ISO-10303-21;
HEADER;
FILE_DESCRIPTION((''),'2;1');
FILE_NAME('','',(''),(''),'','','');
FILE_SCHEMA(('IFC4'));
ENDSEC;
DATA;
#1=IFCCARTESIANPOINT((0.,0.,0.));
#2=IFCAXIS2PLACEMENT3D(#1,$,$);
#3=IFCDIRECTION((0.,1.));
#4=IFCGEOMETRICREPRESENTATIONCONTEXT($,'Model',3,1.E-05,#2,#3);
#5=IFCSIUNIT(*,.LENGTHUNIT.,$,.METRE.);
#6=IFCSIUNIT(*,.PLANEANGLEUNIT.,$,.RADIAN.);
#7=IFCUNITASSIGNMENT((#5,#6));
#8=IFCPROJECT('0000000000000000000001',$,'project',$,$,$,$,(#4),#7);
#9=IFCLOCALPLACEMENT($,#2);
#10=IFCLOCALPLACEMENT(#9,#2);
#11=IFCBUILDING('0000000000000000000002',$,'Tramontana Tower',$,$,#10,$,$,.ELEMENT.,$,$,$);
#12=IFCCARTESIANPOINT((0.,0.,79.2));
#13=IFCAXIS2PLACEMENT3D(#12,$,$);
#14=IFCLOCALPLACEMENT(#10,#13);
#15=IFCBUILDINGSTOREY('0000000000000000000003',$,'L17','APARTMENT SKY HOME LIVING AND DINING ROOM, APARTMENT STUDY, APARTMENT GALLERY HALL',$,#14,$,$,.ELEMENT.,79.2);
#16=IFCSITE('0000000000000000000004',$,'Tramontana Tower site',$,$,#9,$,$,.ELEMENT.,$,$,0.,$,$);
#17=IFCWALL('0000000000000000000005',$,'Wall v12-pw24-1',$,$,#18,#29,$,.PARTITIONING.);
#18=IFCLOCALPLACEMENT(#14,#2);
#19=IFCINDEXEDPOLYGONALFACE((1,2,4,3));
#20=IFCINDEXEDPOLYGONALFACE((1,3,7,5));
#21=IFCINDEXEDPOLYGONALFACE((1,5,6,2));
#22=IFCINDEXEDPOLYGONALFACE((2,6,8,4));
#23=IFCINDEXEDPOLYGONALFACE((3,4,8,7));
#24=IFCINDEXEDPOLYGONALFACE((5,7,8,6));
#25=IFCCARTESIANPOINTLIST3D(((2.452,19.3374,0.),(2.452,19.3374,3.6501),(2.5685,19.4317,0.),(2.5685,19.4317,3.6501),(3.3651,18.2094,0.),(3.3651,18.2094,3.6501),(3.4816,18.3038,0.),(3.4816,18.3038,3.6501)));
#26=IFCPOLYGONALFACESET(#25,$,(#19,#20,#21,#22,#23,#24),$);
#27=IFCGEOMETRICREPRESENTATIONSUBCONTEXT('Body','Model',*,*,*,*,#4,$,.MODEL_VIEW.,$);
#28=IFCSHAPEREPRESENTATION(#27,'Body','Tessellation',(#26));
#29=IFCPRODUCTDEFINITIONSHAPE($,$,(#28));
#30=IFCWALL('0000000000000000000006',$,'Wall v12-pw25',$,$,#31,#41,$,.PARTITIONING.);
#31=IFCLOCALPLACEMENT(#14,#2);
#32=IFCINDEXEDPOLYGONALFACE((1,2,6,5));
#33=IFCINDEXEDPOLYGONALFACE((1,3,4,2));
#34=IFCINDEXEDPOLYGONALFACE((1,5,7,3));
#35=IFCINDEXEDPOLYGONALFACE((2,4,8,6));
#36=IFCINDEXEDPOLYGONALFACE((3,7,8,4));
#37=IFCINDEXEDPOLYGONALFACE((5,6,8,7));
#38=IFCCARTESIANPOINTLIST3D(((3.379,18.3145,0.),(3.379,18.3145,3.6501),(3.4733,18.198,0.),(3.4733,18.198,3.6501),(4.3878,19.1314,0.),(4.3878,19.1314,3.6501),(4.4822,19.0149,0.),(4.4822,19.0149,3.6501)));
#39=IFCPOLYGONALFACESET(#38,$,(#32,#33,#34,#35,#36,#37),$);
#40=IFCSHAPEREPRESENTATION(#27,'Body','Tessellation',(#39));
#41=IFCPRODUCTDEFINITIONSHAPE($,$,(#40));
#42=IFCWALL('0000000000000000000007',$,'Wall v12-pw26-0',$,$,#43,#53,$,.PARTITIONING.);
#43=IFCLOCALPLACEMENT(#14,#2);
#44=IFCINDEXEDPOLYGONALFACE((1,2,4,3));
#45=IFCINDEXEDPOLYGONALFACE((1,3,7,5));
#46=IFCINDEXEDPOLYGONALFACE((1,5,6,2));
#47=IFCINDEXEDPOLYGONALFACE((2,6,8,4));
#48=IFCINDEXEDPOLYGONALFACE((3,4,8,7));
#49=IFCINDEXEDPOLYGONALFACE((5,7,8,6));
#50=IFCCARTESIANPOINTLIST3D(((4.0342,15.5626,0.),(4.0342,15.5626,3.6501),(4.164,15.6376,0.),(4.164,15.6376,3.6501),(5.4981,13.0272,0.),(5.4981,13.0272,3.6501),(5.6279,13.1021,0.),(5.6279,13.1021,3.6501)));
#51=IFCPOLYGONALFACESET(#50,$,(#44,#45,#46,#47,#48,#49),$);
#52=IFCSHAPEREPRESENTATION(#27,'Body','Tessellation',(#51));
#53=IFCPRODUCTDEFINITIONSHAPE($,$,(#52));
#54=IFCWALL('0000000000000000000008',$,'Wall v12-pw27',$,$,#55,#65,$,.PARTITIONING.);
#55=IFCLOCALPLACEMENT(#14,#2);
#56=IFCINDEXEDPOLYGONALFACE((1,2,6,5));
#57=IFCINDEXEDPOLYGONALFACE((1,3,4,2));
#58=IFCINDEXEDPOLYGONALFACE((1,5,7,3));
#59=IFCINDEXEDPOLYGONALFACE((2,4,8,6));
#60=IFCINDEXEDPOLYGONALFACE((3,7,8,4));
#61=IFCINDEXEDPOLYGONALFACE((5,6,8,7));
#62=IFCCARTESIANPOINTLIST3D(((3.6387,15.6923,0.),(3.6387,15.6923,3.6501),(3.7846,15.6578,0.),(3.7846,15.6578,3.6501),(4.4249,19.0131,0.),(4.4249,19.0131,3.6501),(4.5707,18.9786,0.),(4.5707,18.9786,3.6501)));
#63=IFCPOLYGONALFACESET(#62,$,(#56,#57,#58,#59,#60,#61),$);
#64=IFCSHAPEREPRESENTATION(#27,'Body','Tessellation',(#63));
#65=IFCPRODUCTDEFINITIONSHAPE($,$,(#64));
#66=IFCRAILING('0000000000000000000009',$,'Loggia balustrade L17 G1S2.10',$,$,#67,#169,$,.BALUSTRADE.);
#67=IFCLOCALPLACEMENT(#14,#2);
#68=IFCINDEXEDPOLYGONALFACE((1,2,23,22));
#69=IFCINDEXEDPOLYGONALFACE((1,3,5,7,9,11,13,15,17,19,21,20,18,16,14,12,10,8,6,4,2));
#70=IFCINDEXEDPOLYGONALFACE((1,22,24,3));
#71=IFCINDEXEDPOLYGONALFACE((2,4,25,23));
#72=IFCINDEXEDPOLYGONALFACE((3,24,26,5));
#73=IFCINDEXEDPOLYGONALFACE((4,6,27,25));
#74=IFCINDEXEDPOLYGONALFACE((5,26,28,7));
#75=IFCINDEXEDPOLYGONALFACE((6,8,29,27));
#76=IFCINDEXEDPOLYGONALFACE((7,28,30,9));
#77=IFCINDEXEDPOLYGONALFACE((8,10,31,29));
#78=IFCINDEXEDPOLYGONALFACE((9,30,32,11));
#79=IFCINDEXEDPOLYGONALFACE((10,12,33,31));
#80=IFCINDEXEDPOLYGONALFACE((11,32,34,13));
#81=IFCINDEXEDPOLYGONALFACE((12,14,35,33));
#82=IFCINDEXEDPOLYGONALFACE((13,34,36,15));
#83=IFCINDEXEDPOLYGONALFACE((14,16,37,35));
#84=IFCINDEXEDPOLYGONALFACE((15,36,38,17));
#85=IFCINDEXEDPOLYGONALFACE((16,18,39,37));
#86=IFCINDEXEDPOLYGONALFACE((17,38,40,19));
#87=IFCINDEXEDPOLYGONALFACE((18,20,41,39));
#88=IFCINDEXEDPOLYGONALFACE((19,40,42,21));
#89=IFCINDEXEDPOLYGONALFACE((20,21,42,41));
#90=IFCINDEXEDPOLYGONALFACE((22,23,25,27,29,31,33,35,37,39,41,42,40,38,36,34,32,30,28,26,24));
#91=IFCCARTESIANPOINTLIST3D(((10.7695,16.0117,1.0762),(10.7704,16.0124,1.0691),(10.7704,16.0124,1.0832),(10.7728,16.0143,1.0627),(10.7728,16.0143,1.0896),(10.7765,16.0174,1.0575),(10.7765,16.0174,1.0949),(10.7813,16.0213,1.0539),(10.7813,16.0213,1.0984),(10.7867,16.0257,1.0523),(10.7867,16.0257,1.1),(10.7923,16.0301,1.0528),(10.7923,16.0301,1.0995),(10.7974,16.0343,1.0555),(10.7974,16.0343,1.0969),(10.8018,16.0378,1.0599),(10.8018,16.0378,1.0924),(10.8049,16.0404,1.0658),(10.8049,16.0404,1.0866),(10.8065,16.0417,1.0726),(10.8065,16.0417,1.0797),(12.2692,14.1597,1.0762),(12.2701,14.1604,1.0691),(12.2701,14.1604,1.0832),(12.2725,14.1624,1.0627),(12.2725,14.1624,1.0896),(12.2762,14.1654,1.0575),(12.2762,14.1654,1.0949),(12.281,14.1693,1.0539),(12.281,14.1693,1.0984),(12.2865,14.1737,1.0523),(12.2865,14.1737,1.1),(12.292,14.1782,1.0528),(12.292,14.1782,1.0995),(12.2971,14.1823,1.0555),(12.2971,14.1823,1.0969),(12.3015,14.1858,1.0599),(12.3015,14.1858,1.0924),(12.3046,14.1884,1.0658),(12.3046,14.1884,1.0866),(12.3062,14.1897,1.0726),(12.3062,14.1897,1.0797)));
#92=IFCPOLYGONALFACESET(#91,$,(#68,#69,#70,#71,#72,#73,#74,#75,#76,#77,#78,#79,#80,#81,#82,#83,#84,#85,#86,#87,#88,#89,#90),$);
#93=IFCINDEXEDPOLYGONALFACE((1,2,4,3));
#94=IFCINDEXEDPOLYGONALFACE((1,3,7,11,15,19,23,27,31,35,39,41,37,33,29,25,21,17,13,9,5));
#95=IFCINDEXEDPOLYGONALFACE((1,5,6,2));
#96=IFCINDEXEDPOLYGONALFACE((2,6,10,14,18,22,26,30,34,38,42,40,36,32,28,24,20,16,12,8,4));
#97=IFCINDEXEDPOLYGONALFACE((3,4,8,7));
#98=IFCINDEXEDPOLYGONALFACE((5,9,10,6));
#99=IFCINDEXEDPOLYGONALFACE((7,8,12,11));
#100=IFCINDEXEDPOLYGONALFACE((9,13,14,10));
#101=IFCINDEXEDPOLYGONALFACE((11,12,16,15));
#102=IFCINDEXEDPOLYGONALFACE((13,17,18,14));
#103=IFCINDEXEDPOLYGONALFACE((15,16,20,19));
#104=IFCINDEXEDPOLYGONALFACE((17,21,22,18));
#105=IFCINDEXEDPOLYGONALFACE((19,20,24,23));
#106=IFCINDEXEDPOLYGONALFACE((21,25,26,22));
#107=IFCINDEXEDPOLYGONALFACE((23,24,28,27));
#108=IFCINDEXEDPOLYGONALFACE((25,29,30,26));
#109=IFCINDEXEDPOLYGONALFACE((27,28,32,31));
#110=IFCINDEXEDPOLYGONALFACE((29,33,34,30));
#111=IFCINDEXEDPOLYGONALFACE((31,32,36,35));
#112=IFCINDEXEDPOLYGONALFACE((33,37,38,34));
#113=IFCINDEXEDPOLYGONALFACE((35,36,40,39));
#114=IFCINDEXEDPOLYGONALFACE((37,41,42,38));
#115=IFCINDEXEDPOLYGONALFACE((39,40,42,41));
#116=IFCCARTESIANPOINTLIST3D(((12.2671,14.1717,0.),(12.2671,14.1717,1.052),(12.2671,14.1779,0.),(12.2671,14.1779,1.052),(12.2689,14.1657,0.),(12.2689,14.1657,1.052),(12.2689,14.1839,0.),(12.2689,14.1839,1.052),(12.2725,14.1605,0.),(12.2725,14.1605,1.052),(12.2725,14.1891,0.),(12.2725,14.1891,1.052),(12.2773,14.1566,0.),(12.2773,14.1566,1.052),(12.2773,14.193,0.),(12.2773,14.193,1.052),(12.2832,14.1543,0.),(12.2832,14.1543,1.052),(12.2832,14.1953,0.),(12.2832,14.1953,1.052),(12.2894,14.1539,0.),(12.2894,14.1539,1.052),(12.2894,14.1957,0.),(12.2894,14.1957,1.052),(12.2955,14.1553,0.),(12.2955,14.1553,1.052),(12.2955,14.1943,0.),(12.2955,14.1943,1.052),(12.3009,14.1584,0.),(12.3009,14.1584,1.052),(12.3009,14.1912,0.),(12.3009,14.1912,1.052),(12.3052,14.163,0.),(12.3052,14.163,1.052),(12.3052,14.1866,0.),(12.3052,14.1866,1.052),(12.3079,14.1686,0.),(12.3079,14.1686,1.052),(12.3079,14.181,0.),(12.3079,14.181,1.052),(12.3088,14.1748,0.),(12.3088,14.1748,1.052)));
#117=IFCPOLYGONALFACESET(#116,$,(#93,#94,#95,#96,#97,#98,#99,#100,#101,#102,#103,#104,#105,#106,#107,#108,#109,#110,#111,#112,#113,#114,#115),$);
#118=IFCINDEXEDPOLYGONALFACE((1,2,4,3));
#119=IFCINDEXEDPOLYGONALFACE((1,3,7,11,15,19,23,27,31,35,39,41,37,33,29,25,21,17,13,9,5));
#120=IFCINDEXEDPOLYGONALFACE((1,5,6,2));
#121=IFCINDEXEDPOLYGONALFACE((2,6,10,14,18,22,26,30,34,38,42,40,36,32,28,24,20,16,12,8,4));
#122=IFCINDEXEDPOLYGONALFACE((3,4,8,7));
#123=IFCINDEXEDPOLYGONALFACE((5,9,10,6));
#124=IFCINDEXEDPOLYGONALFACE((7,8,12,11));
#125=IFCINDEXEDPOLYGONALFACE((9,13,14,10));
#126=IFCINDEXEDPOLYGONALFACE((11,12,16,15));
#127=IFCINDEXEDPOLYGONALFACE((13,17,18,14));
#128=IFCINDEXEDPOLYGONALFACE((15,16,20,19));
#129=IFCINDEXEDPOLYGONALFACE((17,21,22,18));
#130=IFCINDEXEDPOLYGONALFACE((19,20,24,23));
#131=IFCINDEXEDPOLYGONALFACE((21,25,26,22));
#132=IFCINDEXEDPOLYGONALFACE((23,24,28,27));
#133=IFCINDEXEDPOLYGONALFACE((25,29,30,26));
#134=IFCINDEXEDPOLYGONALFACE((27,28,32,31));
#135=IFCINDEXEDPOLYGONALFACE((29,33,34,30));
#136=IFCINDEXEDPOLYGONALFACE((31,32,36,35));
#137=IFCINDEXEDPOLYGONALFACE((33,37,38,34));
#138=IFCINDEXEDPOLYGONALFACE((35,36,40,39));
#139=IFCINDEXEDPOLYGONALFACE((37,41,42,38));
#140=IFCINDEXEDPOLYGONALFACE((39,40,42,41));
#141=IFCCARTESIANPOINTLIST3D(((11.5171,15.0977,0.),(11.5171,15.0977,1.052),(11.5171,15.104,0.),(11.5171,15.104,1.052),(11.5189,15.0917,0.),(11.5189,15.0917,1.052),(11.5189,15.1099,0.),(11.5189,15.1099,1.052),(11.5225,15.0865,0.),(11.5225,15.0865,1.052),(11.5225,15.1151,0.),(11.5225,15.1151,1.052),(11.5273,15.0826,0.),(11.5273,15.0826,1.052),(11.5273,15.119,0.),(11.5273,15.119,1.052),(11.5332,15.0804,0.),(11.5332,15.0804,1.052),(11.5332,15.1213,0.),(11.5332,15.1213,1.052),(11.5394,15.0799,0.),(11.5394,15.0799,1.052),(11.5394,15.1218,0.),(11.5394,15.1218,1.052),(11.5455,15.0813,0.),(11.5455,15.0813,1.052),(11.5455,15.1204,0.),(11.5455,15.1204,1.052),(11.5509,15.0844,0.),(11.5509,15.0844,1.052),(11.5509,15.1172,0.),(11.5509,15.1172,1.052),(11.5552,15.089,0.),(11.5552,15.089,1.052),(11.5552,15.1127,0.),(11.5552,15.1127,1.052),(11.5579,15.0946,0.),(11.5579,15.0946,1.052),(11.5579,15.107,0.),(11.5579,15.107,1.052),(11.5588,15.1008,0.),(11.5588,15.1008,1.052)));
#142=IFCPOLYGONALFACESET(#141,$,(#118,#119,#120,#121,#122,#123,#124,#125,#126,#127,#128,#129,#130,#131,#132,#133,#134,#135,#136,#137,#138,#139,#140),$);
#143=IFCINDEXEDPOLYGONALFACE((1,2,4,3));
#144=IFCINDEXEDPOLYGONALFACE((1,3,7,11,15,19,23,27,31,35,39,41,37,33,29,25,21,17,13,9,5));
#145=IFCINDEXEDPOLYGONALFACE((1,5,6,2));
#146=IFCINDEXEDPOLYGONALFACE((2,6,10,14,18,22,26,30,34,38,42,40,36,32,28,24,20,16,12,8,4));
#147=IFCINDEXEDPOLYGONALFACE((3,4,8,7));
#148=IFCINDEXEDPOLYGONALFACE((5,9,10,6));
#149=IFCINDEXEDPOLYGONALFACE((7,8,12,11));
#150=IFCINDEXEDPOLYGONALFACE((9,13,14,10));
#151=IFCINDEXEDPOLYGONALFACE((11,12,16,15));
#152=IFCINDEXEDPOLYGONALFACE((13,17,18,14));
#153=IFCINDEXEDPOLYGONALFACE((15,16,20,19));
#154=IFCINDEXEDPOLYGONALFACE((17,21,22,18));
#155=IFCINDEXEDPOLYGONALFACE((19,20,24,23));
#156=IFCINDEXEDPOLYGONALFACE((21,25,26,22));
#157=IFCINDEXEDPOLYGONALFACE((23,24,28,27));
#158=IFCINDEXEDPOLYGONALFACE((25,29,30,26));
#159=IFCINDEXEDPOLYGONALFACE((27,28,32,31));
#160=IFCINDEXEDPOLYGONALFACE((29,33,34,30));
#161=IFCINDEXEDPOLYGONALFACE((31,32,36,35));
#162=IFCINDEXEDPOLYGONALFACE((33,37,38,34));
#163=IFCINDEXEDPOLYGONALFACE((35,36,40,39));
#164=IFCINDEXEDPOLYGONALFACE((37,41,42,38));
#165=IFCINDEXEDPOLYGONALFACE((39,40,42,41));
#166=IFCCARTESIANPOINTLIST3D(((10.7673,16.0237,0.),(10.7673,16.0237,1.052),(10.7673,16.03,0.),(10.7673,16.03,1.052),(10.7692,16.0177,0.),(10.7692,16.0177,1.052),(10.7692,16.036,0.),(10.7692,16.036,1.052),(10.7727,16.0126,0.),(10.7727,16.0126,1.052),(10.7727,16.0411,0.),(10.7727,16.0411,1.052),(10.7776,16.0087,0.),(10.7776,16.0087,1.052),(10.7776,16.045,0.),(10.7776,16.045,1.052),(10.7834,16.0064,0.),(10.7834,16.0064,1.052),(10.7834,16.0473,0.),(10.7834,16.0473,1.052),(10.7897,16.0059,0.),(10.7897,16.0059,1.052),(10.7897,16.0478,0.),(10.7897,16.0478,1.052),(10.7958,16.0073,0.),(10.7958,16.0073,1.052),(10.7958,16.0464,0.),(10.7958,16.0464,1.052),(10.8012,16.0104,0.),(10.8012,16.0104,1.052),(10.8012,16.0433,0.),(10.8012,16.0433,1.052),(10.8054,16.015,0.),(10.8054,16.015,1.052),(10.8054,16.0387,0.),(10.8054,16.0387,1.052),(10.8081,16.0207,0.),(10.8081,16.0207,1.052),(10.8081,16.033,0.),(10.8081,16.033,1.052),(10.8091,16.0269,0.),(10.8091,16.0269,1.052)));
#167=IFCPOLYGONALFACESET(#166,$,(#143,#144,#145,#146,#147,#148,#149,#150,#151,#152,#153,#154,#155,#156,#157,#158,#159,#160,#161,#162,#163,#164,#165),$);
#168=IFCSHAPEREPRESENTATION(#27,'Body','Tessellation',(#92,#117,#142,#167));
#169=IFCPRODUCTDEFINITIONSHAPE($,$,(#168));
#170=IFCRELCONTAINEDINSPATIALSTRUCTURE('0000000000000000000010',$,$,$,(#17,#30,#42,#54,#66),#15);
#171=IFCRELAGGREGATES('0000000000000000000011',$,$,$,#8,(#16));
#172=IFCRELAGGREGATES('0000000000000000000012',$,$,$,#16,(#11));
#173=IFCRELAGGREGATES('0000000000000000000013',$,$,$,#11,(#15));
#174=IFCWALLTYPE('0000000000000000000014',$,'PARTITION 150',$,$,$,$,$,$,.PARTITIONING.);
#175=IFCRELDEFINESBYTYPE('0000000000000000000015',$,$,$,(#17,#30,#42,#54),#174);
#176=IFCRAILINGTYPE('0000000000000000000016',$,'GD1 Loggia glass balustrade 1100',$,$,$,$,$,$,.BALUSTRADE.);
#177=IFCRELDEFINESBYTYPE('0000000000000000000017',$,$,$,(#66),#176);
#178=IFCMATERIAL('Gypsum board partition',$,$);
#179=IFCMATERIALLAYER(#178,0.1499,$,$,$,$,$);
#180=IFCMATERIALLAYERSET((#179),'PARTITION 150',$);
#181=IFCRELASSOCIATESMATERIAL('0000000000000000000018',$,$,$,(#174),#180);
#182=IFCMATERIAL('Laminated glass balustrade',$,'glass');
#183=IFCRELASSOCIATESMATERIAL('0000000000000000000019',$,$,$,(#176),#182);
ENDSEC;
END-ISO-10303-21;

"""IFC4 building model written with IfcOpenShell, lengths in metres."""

from ifc_helpers import new_model, si_unit, direction, frame, frame_2d, origin, origin_2d, place, context, subcontext, project, spatial, rectangle, circle, extrude, material, layer, layer_set, type_object, element, save


model = new_model("IFC4")

# Units and contexts
model_context = context("Model", 3, precision=1e-05, world=origin(), true_north=direction((0.0, 1.0)))
body_context = subcontext(model_context, "Body", "Model", "MODEL_VIEW")
ifc_project = project(units=[si_unit("LENGTHUNIT", "METRE"), si_unit("PLANEANGLEUNIT", "RADIAN")], contexts=[model_context])

# Site, building, storey
site_placement = place(None, origin())
site = spatial("IfcSite", under=ifc_project, at=site_placement, Name="Tramontana Tower site", CompositionType="ELEMENT", RefElevation=0.0)
building_placement = place(site_placement, origin())
building = spatial("IfcBuilding", under=site, at=building_placement, Name="Tramontana Tower", CompositionType="ELEMENT")
storey_placement = place(building_placement, frame((0.0, 0.0, 79.2)))
storey = spatial("IfcBuildingStorey", under=building, at=storey_placement, Name="L17", Description="APARTMENT SKY HOME LIVING AND DINING ROOM, APARTMENT STUDY, APARTMENT GALLERY HALL", CompositionType="ELEMENT", Elevation=79.2)

# Walls
ifc_material_1 = material(Name="Gypsum board partition")
ifc_layer_1 = layer(ifc_material_1, 0.1499)
ifc_layer_set_1 = layer_set([ifc_layer_1], Name="PARTITION 150")
wall_type_1 = type_object("IfcWallType", Name="PARTITION 150", PredefinedType="PARTITIONING", material=ifc_layer_set_1)
wall_1_placement = place(storey_placement, frame((2.5103, 19.3845, 0.0), z_axis=(0.0, 0.0, 1.0), x_axis=(0.629198, -0.777245, 0.0)))
element("IfcWall", 1, at=wall_1_placement, inside=storey, type_object=wall_type_1, Name="Wall v12-pw24-1", PredefinedType="PARTITIONING", context=body_context, shape_type="SweptSolid", body=[
    extrude(rectangle(XDim=1.4512, YDim=0.1499, at=frame_2d((0.7256, 0.0))), origin(), (0.0, 0.0, 1.0), 3.6501),
])
wall_2_placement = place(storey_placement, frame((3.4263, 18.2563, 0.0), z_axis=(0.0, 0.0, 1.0), x_axis=(0.777149, 0.629317, 0.0)))
element("IfcWall", 2, at=wall_2_placement, inside=storey, type_object=wall_type_1, Name="Wall v12-pw25", PredefinedType="PARTITIONING", context=body_context, shape_type="SweptSolid", body=[
    extrude(rectangle(XDim=1.2981, YDim=0.1499, at=frame_2d((0.6489, 0.0))), origin(), (0.0, 0.0, 1.0), 3.6501),
])
wall_3_placement = place(storey_placement, frame((4.0991, 15.6001, 0.0), z_axis=(0.0, 0.0, 1.0), x_axis=(0.500014, -0.866018, 0.0)))
element("IfcWall", 3, at=wall_3_placement, inside=storey, type_object=wall_type_1, Name="Wall v12-pw26-0", PredefinedType="PARTITIONING", context=body_context, shape_type="SweptSolid", body=[
    extrude(rectangle(XDim=2.9277, YDim=0.1499, at=frame_2d((1.4639, 0.0))), origin(), (0.0, 0.0, 1.0), 3.6501),
])
wall_4_placement = place(storey_placement, frame((4.4978, 18.9958, 0.0), z_axis=(0.0, 0.0, 1.0), x_axis=(-0.230363, -0.973105, 0.0)))
element("IfcWall", 4, at=wall_4_placement, inside=storey, type_object=wall_type_1, Name="Wall v12-pw27", PredefinedType="PARTITIONING", context=body_context, shape_type="SweptSolid", body=[
    extrude(rectangle(XDim=3.4126, YDim=0.1499, at=frame_2d((1.7063, 0.0))), origin(), (0.0, 0.0, 1.0), 3.6501),
])

# Railing
ifc_material_2 = material(Name="Laminated glass balustrade", Category="glass")
railing_type = type_object("IfcRailingType", Name="GD1 Loggia glass balustrade 1100", PredefinedType="BALUSTRADE", material=ifc_material_2)
railing_1_placement = place(storey_placement, frame((12.2878, 14.1748, 0.0)))
element("IfcRailing", 5, at=railing_1_placement, inside=storey, type_object=railing_type, Name="Loggia balustrade L17 G1S2.10", PredefinedType="BALUSTRADE", context=body_context, shape_type="SweptSolid", body=[
    extrude(circle(Radius=0.0239, at=origin_2d()), frame((0.0, 0.0, 1.0762), z_axis=(-0.629319, 0.777147, 0.0), x_axis=(-0.777147, -0.629319, 0.0)), (0.0, 0.0, 1.0), 2.3831),
    extrude(circle(Radius=0.021, at=origin_2d()), origin(), (0.0, 0.0, 1.0), 1.052),
    extrude(circle(Radius=0.021, at=origin_2d()), frame((-0.75, 0.926, 0.0)), (0.0, 0.0, 1.0), 1.052),
    extrude(circle(Radius=0.021, at=origin_2d()), frame((-1.4998, 1.8521, 0.0)), (0.0, 0.0, 1.0), 1.052),
])

save(model, "model.ifc")
